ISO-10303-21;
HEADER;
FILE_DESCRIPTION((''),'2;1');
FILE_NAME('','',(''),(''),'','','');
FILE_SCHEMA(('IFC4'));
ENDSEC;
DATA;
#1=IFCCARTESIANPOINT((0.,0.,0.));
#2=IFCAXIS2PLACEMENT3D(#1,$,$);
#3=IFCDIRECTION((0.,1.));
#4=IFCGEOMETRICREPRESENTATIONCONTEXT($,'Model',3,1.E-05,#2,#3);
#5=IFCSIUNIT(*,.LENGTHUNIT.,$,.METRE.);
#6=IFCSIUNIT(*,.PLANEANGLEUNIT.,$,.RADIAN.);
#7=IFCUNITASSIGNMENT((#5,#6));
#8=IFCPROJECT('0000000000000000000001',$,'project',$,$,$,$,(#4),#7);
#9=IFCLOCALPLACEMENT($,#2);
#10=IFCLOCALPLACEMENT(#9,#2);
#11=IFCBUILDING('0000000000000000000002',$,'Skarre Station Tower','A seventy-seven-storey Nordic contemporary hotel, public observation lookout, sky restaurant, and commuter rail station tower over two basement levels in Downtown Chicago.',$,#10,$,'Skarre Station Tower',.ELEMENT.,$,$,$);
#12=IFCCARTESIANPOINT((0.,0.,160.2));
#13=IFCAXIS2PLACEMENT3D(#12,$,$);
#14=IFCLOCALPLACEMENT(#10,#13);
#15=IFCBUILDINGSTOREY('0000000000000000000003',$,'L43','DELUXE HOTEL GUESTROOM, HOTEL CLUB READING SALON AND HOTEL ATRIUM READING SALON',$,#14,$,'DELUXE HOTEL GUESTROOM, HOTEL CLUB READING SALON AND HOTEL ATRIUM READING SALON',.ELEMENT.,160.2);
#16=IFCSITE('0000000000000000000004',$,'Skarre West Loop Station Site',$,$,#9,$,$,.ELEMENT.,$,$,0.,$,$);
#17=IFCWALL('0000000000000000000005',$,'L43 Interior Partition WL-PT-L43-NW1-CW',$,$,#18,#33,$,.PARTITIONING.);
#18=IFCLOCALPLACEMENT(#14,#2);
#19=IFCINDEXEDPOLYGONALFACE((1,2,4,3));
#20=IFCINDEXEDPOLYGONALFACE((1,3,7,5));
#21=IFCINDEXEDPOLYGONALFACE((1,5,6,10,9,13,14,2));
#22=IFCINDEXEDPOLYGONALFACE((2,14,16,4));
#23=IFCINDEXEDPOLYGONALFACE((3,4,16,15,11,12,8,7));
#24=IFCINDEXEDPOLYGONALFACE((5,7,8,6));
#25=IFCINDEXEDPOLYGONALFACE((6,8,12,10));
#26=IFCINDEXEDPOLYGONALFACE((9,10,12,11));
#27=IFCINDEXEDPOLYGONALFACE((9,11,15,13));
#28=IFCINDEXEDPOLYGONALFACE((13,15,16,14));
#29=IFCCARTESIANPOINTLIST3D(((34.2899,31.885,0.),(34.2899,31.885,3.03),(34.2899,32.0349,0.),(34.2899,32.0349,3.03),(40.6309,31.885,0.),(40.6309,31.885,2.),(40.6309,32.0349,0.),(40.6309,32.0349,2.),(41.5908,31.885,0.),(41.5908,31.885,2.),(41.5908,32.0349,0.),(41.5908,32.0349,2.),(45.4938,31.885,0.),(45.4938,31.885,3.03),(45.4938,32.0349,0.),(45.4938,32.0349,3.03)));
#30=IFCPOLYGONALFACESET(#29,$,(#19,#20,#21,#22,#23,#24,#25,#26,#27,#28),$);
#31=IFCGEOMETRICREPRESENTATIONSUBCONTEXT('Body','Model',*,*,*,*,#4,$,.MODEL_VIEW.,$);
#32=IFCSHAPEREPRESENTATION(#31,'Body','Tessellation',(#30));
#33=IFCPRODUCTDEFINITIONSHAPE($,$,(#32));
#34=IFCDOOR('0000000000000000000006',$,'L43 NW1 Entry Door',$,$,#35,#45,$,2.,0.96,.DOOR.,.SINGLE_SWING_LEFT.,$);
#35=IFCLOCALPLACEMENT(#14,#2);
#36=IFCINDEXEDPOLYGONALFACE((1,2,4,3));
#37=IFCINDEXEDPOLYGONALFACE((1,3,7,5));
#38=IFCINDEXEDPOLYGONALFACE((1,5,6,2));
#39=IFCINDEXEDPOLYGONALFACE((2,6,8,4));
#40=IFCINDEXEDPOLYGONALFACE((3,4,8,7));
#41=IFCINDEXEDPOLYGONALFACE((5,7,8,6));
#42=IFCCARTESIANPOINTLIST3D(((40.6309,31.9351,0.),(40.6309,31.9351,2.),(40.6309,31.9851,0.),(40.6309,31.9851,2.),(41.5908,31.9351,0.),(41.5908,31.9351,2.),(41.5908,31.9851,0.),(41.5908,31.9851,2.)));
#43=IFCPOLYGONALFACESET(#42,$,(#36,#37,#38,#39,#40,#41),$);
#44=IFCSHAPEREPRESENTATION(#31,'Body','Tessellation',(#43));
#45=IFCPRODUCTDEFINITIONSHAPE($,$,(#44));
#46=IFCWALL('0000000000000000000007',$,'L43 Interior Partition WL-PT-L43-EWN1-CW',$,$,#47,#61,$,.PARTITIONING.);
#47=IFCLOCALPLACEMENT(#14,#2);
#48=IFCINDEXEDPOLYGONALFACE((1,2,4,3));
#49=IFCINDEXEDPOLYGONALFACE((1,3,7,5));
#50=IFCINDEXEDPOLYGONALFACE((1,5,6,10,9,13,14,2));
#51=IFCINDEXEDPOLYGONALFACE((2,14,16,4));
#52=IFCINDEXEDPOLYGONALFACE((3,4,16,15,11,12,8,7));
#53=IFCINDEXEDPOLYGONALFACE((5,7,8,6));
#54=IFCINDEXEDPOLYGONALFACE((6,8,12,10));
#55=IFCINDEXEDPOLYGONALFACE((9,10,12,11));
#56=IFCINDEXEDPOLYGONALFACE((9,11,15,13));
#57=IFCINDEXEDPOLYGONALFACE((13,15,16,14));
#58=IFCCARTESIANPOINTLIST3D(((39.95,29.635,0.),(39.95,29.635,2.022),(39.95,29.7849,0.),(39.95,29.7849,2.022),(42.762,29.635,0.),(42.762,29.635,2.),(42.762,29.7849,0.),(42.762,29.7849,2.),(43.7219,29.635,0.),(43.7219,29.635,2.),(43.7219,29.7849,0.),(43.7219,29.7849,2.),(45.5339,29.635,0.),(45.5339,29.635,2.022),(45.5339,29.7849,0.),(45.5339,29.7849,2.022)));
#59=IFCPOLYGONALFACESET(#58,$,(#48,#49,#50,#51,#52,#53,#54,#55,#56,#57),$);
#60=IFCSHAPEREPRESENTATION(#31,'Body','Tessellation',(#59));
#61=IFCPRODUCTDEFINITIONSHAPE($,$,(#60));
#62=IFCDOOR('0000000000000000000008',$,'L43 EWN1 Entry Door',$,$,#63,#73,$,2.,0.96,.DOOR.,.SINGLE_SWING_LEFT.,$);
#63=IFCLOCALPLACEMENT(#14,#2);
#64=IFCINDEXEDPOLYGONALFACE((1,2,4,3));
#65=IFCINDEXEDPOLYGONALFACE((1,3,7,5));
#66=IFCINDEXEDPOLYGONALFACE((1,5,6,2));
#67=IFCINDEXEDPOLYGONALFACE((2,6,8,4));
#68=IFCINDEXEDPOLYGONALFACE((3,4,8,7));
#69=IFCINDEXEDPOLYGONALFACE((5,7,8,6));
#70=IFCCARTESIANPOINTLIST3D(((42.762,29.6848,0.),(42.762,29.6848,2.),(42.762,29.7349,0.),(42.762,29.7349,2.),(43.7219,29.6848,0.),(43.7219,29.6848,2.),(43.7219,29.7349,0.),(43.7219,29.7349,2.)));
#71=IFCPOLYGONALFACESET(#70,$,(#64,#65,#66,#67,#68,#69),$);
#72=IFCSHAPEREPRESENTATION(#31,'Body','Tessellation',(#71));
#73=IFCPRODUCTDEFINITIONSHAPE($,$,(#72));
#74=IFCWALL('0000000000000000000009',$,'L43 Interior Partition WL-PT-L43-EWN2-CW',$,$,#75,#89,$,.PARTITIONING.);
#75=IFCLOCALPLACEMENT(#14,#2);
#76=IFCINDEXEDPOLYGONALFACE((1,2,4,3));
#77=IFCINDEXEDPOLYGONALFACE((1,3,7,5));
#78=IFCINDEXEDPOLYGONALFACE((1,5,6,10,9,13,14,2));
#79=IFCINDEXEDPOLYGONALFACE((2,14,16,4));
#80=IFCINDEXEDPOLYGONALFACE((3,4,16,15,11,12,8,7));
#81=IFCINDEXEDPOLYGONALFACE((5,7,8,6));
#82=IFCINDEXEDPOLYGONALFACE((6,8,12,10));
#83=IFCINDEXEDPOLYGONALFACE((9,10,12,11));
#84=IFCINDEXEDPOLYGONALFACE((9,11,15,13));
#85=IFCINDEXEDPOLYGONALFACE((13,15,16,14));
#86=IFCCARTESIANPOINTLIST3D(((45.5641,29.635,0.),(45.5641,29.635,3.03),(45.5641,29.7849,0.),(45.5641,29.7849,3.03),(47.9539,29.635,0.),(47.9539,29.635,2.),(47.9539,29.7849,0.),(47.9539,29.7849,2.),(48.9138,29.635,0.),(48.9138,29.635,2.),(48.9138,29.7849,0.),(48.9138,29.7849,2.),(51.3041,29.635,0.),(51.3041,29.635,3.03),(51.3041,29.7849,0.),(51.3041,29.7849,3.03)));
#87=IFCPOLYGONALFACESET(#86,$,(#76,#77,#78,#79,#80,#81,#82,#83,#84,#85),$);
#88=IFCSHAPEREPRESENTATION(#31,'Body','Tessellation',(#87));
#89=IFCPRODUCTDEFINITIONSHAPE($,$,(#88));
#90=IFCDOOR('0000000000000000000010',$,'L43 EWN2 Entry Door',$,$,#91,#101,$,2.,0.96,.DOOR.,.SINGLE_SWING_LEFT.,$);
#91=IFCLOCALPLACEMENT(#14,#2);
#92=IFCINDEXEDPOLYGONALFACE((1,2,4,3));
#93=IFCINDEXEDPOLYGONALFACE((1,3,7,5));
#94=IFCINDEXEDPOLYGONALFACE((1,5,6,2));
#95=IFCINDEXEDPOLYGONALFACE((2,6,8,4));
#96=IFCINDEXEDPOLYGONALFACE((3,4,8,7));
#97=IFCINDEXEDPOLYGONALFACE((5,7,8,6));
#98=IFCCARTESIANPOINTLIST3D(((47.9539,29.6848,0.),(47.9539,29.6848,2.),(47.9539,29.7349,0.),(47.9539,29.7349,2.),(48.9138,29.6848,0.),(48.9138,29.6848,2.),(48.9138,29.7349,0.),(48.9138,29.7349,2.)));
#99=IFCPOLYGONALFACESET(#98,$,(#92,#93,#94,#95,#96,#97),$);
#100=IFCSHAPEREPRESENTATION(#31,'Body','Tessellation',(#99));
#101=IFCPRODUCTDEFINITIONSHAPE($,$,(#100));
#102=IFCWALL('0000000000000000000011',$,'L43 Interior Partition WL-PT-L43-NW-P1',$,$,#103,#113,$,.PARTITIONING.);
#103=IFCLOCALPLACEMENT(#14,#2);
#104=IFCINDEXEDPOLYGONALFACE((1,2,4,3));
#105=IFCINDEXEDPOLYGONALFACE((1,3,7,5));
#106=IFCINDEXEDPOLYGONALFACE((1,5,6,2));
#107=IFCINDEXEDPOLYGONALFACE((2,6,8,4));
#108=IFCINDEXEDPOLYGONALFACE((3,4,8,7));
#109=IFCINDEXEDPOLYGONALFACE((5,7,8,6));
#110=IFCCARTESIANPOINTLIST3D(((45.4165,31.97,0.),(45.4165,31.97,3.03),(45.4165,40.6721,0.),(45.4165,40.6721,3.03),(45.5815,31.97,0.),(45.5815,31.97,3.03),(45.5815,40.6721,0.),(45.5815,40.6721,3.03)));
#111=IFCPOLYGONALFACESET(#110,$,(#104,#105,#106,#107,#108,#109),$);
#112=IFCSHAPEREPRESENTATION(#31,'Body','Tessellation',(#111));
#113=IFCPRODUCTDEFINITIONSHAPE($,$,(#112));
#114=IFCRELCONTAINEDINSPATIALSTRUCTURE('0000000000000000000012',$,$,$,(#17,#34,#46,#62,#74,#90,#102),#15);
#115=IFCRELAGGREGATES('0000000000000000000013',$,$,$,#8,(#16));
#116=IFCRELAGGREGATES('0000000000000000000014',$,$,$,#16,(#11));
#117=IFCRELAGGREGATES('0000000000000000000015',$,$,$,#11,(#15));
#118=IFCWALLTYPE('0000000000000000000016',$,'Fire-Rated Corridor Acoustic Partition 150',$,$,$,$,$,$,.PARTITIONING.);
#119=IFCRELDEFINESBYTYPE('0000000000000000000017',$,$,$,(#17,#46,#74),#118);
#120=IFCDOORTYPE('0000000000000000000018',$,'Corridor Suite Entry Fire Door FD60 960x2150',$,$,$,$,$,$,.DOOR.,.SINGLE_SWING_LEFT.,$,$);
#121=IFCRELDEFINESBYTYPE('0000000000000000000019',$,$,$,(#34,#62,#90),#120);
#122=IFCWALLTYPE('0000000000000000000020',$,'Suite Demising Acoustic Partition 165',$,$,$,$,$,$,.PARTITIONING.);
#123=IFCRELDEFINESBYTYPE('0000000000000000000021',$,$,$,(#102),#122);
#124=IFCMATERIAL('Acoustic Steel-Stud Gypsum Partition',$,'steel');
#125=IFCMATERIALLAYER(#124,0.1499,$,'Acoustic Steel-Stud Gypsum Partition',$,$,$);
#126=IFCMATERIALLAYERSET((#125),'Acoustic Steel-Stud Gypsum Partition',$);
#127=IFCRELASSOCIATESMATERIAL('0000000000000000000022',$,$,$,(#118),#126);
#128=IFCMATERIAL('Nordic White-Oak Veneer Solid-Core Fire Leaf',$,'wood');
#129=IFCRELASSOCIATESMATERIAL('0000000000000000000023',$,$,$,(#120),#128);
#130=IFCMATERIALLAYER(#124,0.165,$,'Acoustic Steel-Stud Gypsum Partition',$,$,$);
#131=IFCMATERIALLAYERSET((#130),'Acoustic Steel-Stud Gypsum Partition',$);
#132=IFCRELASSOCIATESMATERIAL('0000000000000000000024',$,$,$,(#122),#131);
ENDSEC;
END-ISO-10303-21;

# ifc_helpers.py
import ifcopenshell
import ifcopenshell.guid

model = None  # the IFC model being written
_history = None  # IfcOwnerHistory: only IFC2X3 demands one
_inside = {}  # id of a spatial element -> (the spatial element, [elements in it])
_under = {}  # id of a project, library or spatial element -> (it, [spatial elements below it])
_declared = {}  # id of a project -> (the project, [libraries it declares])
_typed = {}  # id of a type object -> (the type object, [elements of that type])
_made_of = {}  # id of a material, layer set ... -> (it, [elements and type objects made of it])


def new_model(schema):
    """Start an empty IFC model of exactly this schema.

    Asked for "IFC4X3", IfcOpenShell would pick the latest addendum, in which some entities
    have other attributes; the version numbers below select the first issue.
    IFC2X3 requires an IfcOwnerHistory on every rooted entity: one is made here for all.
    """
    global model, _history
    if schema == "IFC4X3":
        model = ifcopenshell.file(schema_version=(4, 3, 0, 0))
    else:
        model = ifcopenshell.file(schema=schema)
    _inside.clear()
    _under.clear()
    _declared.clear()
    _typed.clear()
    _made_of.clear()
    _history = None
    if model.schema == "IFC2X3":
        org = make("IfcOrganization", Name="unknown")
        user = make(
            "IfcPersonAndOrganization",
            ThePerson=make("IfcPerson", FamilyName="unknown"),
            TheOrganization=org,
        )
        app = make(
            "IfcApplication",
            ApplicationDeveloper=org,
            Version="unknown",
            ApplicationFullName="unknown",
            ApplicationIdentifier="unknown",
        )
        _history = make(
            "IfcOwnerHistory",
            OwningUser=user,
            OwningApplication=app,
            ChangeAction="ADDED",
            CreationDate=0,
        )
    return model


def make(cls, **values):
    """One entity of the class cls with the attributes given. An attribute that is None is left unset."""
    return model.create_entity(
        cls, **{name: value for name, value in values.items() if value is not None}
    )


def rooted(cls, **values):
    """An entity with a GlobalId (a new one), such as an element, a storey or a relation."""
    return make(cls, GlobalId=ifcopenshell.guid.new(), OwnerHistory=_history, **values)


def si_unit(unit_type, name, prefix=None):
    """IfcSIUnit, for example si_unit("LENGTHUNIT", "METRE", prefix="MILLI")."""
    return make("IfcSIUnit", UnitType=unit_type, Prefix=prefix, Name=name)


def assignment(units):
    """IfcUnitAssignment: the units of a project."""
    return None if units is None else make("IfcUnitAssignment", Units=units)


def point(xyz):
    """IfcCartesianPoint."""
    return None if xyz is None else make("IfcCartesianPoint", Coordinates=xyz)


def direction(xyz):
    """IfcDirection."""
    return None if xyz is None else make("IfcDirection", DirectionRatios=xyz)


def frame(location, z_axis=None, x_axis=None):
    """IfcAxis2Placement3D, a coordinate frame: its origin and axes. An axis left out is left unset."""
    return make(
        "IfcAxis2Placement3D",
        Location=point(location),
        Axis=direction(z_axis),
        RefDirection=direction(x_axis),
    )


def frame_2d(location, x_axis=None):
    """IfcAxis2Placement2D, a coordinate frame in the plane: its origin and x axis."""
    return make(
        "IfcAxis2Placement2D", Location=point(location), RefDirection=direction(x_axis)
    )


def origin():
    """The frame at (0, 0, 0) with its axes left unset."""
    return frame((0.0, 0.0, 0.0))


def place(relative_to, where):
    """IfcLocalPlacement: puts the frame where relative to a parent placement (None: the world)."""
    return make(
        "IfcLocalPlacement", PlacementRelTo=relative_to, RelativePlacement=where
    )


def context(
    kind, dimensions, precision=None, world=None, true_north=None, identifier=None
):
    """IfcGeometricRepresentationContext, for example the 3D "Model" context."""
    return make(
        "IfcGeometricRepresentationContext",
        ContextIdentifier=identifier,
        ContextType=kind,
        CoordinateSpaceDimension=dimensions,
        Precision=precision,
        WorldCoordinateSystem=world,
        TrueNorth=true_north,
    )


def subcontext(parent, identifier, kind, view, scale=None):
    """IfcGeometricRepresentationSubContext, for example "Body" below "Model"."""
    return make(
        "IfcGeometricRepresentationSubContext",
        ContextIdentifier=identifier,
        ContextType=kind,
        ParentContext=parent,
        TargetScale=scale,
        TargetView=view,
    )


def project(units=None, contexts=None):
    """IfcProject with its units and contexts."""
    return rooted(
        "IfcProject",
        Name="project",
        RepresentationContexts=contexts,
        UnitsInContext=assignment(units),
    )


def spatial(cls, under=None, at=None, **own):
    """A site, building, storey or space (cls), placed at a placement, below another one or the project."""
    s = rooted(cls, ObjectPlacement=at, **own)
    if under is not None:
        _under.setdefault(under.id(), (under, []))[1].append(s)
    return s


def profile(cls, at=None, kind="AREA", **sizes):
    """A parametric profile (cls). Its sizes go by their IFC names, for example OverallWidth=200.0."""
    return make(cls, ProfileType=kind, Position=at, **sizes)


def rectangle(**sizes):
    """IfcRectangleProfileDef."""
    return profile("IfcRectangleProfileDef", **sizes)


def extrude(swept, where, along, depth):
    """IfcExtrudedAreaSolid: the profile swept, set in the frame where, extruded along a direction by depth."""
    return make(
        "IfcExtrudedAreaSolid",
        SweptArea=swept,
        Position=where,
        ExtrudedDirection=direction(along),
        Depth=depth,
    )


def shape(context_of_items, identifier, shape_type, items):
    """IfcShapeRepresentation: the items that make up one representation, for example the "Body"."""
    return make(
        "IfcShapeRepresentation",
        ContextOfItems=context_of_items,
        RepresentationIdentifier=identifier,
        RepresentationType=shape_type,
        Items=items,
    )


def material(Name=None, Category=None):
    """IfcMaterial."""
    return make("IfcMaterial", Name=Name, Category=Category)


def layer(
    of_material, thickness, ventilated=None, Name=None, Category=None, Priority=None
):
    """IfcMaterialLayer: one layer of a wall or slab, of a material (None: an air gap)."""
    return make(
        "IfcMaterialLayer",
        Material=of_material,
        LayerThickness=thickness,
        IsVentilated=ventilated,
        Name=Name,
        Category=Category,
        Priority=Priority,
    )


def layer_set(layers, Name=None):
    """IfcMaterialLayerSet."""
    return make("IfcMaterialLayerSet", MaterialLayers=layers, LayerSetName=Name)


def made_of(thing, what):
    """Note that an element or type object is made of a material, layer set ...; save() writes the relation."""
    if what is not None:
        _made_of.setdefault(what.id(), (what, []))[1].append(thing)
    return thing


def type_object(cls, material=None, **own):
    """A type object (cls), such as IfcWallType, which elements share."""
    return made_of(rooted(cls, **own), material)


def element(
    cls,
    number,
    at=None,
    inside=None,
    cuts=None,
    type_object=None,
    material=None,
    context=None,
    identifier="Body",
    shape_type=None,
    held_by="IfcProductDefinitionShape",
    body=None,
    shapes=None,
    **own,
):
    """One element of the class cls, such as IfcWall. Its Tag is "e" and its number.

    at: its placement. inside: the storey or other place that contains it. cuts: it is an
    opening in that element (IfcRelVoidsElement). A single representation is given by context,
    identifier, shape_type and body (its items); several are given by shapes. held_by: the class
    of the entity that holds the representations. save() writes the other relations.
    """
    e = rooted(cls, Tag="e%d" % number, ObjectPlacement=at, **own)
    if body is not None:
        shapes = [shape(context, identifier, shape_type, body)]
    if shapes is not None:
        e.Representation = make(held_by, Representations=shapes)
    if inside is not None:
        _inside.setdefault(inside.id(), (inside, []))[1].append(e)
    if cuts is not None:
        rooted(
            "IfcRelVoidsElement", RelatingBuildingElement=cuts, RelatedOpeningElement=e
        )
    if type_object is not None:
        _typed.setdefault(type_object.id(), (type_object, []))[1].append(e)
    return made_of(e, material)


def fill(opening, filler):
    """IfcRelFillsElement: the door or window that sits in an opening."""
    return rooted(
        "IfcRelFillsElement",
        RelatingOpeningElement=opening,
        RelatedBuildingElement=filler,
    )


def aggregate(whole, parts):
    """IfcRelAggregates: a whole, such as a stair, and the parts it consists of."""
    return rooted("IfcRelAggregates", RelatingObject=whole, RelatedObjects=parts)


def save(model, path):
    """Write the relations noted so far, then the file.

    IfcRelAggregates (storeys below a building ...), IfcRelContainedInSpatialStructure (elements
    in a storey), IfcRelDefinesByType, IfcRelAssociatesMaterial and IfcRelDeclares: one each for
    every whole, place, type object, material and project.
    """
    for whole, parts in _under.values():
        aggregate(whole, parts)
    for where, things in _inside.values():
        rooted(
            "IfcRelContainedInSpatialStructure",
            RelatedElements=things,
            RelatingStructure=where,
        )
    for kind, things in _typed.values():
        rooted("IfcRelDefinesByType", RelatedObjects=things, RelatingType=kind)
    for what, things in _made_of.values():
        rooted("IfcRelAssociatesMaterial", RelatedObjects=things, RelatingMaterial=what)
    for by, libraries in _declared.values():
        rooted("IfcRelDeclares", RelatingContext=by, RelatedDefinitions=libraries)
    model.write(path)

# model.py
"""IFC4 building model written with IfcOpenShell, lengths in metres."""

from ifc_helpers import new_model, si_unit, direction, frame, frame_2d, origin, place, context, subcontext, project, spatial, rectangle, extrude, material, layer, layer_set, type_object, element, fill, save


model = new_model("IFC4")

# Units and contexts
model_context = context("Model", 3, precision=1e-05, world=origin(), true_north=direction((0.0, 1.0)))
body_context = subcontext(model_context, "Body", "Model", "MODEL_VIEW")
ifc_project = project(units=[si_unit("LENGTHUNIT", "METRE"), si_unit("PLANEANGLEUNIT", "RADIAN")], contexts=[model_context])

# Site, building, storey
site_placement = place(None, origin())
site = spatial("IfcSite", under=ifc_project, at=site_placement, Name="Skarre West Loop Station Site", CompositionType="ELEMENT", RefElevation=0.0)
building_placement = place(site_placement, origin())
building = spatial("IfcBuilding", under=site, at=building_placement, Name="Skarre Station Tower", Description="A seventy-seven-storey Nordic contemporary hotel, public observation lookout, sky restaurant, and commuter rail station tower over two basement levels in Downtown Chicago.", LongName="Skarre Station Tower", CompositionType="ELEMENT")
storey_placement = place(building_placement, frame((0.0, 0.0, 160.2)))
storey = spatial("IfcBuildingStorey", under=building, at=storey_placement, Name="L43", Description="DELUXE HOTEL GUESTROOM, HOTEL CLUB READING SALON AND HOTEL ATRIUM READING SALON", LongName="DELUXE HOTEL GUESTROOM, HOTEL CLUB READING SALON AND HOTEL ATRIUM READING SALON", CompositionType="ELEMENT", Elevation=160.2)

# Walls, openings, doors
ifc_material_1 = material(Name="Acoustic Steel-Stud Gypsum Partition", Category="steel")
ifc_layer_1 = layer(ifc_material_1, 0.1499, Name="Acoustic Steel-Stud Gypsum Partition")
ifc_layer_set_1 = layer_set([ifc_layer_1], Name="Acoustic Steel-Stud Gypsum Partition")
wall_type_1 = type_object("IfcWallType", Name="Fire-Rated Corridor Acoustic Partition 150", PredefinedType="PARTITIONING", material=ifc_layer_set_1)
wall_1_placement = place(storey_placement, frame((45.4939, 31.96, 0.0), z_axis=(0.0, 0.0, 1.0), x_axis=(-1.0, 0.0, 0.0)))
wall_1 = element("IfcWall", 1, at=wall_1_placement, inside=storey, type_object=wall_type_1, Name="L43 Interior Partition WL-PT-L43-NW1-CW", PredefinedType="PARTITIONING", context=body_context, shape_type="SweptSolid", body=[
    extrude(rectangle(XDim=11.2039, YDim=0.1499, at=frame_2d((5.6021, 0.0))), origin(), (0.0, 0.0, 1.0), 3.03),
])
opening_1_placement = place(wall_1_placement, frame((3.9031, 0.0, 0.0)))
opening_1 = element("IfcOpeningElement", 2, at=opening_1_placement, cuts=wall_1, PredefinedType="OPENING", context=body_context, shape_type="SweptSolid", body=[
    extrude(rectangle(XDim=0.96, YDim=2.0, at=frame_2d((0.48, 1.0))), frame((0.0, 0.085, 0.0), z_axis=(0.0, -1.0, 0.0), x_axis=(1.0, 0.0, 0.0)), (0.0, 0.0, 1.0), 0.1699),
])
ifc_material_2 = material(Name="Nordic White-Oak Veneer Solid-Core Fire Leaf", Category="wood")
door_type = type_object("IfcDoorType", Name="Corridor Suite Entry Fire Door FD60 960x2150", OperationType="SINGLE_SWING_LEFT", PredefinedType="DOOR", material=ifc_material_2)
door_1_placement = place(opening_1_placement, origin())
door_1 = element("IfcDoor", 3, at=door_1_placement, inside=storey, type_object=door_type, Name="L43 NW1 Entry Door", OperationType="SINGLE_SWING_LEFT", OverallHeight=2.0, OverallWidth=0.96, PredefinedType="DOOR", context=body_context, shape_type="SweptSolid", body=[
    extrude(rectangle(XDim=0.96, YDim=2.0, at=frame_2d((0.48, 1.0))), frame((0.0, 0.0249, 0.0), z_axis=(0.0, -1.0, 0.0), x_axis=(1.0, 0.0, 0.0)), (0.0, 0.0, 1.0), 0.05),
])
fill(opening_1, door_1)
wall_2_placement = place(storey_placement, frame((39.95, 29.71, 0.0), z_axis=(0.0, 0.0, 1.0), x_axis=(1.0, 0.0, 0.0)))
wall_2 = element("IfcWall", 4, at=wall_2_placement, inside=storey, type_object=wall_type_1, Name="L43 Interior Partition WL-PT-L43-EWN1-CW", PredefinedType="PARTITIONING", context=body_context, shape_type="SweptSolid", body=[
    extrude(rectangle(XDim=5.584, YDim=0.1499, at=frame_2d((2.792, 0.0))), origin(), (0.0, 0.0, 1.0), 2.022),
])
opening_2_placement = place(wall_2_placement, frame((2.812, 0.0, 0.0)))
opening_2 = element("IfcOpeningElement", 5, at=opening_2_placement, cuts=wall_2, PredefinedType="OPENING", context=body_context, shape_type="SweptSolid", body=[
    extrude(rectangle(XDim=0.96, YDim=2.0, at=frame_2d((0.48, 1.0))), frame((0.0, 0.085, 0.0), z_axis=(0.0, -1.0, 0.0), x_axis=(1.0, 0.0, 0.0)), (0.0, 0.0, 1.0), 0.1699),
])
door_2_placement = place(opening_2_placement, origin())
door_2 = element("IfcDoor", 6, at=door_2_placement, inside=storey, type_object=door_type, Name="L43 EWN1 Entry Door", OperationType="SINGLE_SWING_LEFT", OverallHeight=2.0, OverallWidth=0.96, PredefinedType="DOOR", context=body_context, shape_type="SweptSolid", body=[
    extrude(rectangle(XDim=0.96, YDim=2.0, at=frame_2d((0.48, 1.0))), frame((0.0, 0.0249, 0.0), z_axis=(0.0, -1.0, 0.0), x_axis=(1.0, 0.0, 0.0)), (0.0, 0.0, 1.0), 0.05),
])
fill(opening_2, door_2)
wall_3_placement = place(storey_placement, frame((45.564, 29.71, 0.0), z_axis=(0.0, 0.0, 1.0), x_axis=(1.0, 0.0, 0.0)))
wall_3 = element("IfcWall", 7, at=wall_3_placement, inside=storey, type_object=wall_type_1, Name="L43 Interior Partition WL-PT-L43-EWN2-CW", PredefinedType="PARTITIONING", context=body_context, shape_type="SweptSolid", body=[
    extrude(rectangle(XDim=5.74, YDim=0.1499, at=frame_2d((2.8701, 0.0))), origin(), (0.0, 0.0, 1.0), 3.03),
])
opening_3_placement = place(wall_3_placement, frame((2.3899, 0.0, 0.0)))
opening_3 = element("IfcOpeningElement", 8, at=opening_3_placement, cuts=wall_3, PredefinedType="OPENING", context=body_context, shape_type="SweptSolid", body=[
    extrude(rectangle(XDim=0.96, YDim=2.0, at=frame_2d((0.48, 1.0))), frame((0.0, 0.085, 0.0), z_axis=(0.0, -1.0, 0.0), x_axis=(1.0, 0.0, 0.0)), (0.0, 0.0, 1.0), 0.1699),
])
door_3_placement = place(opening_3_placement, origin())
door_3 = element("IfcDoor", 9, at=door_3_placement, inside=storey, type_object=door_type, Name="L43 EWN2 Entry Door", OperationType="SINGLE_SWING_LEFT", OverallHeight=2.0, OverallWidth=0.96, PredefinedType="DOOR", context=body_context, shape_type="SweptSolid", body=[
    extrude(rectangle(XDim=0.96, YDim=2.0, at=frame_2d((0.48, 1.0))), frame((0.0, 0.0249, 0.0), z_axis=(0.0, -1.0, 0.0), x_axis=(1.0, 0.0, 0.0)), (0.0, 0.0, 1.0), 0.05),
])
fill(opening_3, door_3)

# Wall
ifc_layer_2 = layer(ifc_material_1, 0.165, Name="Acoustic Steel-Stud Gypsum Partition")
ifc_layer_set_2 = layer_set([ifc_layer_2], Name="Acoustic Steel-Stud Gypsum Partition")
wall_type_2 = type_object("IfcWallType", Name="Suite Demising Acoustic Partition 165", PredefinedType="PARTITIONING", material=ifc_layer_set_2)
wall_4_placement = place(storey_placement, frame((45.499, 31.97, 0.0), z_axis=(0.0, 0.0, 1.0), x_axis=(0.0, 1.0, 0.0)))
element("IfcWall", 10, at=wall_4_placement, inside=storey, type_object=wall_type_2, Name="L43 Interior Partition WL-PT-L43-NW-P1", PredefinedType="PARTITIONING", context=body_context, shape_type="SweptSolid", body=[
    extrude(rectangle(XDim=8.7021, YDim=0.165, at=frame_2d((4.3511, 0.0))), origin(), (0.0, 0.0, 1.0), 3.03),
])

save(model, "model.ifc")
